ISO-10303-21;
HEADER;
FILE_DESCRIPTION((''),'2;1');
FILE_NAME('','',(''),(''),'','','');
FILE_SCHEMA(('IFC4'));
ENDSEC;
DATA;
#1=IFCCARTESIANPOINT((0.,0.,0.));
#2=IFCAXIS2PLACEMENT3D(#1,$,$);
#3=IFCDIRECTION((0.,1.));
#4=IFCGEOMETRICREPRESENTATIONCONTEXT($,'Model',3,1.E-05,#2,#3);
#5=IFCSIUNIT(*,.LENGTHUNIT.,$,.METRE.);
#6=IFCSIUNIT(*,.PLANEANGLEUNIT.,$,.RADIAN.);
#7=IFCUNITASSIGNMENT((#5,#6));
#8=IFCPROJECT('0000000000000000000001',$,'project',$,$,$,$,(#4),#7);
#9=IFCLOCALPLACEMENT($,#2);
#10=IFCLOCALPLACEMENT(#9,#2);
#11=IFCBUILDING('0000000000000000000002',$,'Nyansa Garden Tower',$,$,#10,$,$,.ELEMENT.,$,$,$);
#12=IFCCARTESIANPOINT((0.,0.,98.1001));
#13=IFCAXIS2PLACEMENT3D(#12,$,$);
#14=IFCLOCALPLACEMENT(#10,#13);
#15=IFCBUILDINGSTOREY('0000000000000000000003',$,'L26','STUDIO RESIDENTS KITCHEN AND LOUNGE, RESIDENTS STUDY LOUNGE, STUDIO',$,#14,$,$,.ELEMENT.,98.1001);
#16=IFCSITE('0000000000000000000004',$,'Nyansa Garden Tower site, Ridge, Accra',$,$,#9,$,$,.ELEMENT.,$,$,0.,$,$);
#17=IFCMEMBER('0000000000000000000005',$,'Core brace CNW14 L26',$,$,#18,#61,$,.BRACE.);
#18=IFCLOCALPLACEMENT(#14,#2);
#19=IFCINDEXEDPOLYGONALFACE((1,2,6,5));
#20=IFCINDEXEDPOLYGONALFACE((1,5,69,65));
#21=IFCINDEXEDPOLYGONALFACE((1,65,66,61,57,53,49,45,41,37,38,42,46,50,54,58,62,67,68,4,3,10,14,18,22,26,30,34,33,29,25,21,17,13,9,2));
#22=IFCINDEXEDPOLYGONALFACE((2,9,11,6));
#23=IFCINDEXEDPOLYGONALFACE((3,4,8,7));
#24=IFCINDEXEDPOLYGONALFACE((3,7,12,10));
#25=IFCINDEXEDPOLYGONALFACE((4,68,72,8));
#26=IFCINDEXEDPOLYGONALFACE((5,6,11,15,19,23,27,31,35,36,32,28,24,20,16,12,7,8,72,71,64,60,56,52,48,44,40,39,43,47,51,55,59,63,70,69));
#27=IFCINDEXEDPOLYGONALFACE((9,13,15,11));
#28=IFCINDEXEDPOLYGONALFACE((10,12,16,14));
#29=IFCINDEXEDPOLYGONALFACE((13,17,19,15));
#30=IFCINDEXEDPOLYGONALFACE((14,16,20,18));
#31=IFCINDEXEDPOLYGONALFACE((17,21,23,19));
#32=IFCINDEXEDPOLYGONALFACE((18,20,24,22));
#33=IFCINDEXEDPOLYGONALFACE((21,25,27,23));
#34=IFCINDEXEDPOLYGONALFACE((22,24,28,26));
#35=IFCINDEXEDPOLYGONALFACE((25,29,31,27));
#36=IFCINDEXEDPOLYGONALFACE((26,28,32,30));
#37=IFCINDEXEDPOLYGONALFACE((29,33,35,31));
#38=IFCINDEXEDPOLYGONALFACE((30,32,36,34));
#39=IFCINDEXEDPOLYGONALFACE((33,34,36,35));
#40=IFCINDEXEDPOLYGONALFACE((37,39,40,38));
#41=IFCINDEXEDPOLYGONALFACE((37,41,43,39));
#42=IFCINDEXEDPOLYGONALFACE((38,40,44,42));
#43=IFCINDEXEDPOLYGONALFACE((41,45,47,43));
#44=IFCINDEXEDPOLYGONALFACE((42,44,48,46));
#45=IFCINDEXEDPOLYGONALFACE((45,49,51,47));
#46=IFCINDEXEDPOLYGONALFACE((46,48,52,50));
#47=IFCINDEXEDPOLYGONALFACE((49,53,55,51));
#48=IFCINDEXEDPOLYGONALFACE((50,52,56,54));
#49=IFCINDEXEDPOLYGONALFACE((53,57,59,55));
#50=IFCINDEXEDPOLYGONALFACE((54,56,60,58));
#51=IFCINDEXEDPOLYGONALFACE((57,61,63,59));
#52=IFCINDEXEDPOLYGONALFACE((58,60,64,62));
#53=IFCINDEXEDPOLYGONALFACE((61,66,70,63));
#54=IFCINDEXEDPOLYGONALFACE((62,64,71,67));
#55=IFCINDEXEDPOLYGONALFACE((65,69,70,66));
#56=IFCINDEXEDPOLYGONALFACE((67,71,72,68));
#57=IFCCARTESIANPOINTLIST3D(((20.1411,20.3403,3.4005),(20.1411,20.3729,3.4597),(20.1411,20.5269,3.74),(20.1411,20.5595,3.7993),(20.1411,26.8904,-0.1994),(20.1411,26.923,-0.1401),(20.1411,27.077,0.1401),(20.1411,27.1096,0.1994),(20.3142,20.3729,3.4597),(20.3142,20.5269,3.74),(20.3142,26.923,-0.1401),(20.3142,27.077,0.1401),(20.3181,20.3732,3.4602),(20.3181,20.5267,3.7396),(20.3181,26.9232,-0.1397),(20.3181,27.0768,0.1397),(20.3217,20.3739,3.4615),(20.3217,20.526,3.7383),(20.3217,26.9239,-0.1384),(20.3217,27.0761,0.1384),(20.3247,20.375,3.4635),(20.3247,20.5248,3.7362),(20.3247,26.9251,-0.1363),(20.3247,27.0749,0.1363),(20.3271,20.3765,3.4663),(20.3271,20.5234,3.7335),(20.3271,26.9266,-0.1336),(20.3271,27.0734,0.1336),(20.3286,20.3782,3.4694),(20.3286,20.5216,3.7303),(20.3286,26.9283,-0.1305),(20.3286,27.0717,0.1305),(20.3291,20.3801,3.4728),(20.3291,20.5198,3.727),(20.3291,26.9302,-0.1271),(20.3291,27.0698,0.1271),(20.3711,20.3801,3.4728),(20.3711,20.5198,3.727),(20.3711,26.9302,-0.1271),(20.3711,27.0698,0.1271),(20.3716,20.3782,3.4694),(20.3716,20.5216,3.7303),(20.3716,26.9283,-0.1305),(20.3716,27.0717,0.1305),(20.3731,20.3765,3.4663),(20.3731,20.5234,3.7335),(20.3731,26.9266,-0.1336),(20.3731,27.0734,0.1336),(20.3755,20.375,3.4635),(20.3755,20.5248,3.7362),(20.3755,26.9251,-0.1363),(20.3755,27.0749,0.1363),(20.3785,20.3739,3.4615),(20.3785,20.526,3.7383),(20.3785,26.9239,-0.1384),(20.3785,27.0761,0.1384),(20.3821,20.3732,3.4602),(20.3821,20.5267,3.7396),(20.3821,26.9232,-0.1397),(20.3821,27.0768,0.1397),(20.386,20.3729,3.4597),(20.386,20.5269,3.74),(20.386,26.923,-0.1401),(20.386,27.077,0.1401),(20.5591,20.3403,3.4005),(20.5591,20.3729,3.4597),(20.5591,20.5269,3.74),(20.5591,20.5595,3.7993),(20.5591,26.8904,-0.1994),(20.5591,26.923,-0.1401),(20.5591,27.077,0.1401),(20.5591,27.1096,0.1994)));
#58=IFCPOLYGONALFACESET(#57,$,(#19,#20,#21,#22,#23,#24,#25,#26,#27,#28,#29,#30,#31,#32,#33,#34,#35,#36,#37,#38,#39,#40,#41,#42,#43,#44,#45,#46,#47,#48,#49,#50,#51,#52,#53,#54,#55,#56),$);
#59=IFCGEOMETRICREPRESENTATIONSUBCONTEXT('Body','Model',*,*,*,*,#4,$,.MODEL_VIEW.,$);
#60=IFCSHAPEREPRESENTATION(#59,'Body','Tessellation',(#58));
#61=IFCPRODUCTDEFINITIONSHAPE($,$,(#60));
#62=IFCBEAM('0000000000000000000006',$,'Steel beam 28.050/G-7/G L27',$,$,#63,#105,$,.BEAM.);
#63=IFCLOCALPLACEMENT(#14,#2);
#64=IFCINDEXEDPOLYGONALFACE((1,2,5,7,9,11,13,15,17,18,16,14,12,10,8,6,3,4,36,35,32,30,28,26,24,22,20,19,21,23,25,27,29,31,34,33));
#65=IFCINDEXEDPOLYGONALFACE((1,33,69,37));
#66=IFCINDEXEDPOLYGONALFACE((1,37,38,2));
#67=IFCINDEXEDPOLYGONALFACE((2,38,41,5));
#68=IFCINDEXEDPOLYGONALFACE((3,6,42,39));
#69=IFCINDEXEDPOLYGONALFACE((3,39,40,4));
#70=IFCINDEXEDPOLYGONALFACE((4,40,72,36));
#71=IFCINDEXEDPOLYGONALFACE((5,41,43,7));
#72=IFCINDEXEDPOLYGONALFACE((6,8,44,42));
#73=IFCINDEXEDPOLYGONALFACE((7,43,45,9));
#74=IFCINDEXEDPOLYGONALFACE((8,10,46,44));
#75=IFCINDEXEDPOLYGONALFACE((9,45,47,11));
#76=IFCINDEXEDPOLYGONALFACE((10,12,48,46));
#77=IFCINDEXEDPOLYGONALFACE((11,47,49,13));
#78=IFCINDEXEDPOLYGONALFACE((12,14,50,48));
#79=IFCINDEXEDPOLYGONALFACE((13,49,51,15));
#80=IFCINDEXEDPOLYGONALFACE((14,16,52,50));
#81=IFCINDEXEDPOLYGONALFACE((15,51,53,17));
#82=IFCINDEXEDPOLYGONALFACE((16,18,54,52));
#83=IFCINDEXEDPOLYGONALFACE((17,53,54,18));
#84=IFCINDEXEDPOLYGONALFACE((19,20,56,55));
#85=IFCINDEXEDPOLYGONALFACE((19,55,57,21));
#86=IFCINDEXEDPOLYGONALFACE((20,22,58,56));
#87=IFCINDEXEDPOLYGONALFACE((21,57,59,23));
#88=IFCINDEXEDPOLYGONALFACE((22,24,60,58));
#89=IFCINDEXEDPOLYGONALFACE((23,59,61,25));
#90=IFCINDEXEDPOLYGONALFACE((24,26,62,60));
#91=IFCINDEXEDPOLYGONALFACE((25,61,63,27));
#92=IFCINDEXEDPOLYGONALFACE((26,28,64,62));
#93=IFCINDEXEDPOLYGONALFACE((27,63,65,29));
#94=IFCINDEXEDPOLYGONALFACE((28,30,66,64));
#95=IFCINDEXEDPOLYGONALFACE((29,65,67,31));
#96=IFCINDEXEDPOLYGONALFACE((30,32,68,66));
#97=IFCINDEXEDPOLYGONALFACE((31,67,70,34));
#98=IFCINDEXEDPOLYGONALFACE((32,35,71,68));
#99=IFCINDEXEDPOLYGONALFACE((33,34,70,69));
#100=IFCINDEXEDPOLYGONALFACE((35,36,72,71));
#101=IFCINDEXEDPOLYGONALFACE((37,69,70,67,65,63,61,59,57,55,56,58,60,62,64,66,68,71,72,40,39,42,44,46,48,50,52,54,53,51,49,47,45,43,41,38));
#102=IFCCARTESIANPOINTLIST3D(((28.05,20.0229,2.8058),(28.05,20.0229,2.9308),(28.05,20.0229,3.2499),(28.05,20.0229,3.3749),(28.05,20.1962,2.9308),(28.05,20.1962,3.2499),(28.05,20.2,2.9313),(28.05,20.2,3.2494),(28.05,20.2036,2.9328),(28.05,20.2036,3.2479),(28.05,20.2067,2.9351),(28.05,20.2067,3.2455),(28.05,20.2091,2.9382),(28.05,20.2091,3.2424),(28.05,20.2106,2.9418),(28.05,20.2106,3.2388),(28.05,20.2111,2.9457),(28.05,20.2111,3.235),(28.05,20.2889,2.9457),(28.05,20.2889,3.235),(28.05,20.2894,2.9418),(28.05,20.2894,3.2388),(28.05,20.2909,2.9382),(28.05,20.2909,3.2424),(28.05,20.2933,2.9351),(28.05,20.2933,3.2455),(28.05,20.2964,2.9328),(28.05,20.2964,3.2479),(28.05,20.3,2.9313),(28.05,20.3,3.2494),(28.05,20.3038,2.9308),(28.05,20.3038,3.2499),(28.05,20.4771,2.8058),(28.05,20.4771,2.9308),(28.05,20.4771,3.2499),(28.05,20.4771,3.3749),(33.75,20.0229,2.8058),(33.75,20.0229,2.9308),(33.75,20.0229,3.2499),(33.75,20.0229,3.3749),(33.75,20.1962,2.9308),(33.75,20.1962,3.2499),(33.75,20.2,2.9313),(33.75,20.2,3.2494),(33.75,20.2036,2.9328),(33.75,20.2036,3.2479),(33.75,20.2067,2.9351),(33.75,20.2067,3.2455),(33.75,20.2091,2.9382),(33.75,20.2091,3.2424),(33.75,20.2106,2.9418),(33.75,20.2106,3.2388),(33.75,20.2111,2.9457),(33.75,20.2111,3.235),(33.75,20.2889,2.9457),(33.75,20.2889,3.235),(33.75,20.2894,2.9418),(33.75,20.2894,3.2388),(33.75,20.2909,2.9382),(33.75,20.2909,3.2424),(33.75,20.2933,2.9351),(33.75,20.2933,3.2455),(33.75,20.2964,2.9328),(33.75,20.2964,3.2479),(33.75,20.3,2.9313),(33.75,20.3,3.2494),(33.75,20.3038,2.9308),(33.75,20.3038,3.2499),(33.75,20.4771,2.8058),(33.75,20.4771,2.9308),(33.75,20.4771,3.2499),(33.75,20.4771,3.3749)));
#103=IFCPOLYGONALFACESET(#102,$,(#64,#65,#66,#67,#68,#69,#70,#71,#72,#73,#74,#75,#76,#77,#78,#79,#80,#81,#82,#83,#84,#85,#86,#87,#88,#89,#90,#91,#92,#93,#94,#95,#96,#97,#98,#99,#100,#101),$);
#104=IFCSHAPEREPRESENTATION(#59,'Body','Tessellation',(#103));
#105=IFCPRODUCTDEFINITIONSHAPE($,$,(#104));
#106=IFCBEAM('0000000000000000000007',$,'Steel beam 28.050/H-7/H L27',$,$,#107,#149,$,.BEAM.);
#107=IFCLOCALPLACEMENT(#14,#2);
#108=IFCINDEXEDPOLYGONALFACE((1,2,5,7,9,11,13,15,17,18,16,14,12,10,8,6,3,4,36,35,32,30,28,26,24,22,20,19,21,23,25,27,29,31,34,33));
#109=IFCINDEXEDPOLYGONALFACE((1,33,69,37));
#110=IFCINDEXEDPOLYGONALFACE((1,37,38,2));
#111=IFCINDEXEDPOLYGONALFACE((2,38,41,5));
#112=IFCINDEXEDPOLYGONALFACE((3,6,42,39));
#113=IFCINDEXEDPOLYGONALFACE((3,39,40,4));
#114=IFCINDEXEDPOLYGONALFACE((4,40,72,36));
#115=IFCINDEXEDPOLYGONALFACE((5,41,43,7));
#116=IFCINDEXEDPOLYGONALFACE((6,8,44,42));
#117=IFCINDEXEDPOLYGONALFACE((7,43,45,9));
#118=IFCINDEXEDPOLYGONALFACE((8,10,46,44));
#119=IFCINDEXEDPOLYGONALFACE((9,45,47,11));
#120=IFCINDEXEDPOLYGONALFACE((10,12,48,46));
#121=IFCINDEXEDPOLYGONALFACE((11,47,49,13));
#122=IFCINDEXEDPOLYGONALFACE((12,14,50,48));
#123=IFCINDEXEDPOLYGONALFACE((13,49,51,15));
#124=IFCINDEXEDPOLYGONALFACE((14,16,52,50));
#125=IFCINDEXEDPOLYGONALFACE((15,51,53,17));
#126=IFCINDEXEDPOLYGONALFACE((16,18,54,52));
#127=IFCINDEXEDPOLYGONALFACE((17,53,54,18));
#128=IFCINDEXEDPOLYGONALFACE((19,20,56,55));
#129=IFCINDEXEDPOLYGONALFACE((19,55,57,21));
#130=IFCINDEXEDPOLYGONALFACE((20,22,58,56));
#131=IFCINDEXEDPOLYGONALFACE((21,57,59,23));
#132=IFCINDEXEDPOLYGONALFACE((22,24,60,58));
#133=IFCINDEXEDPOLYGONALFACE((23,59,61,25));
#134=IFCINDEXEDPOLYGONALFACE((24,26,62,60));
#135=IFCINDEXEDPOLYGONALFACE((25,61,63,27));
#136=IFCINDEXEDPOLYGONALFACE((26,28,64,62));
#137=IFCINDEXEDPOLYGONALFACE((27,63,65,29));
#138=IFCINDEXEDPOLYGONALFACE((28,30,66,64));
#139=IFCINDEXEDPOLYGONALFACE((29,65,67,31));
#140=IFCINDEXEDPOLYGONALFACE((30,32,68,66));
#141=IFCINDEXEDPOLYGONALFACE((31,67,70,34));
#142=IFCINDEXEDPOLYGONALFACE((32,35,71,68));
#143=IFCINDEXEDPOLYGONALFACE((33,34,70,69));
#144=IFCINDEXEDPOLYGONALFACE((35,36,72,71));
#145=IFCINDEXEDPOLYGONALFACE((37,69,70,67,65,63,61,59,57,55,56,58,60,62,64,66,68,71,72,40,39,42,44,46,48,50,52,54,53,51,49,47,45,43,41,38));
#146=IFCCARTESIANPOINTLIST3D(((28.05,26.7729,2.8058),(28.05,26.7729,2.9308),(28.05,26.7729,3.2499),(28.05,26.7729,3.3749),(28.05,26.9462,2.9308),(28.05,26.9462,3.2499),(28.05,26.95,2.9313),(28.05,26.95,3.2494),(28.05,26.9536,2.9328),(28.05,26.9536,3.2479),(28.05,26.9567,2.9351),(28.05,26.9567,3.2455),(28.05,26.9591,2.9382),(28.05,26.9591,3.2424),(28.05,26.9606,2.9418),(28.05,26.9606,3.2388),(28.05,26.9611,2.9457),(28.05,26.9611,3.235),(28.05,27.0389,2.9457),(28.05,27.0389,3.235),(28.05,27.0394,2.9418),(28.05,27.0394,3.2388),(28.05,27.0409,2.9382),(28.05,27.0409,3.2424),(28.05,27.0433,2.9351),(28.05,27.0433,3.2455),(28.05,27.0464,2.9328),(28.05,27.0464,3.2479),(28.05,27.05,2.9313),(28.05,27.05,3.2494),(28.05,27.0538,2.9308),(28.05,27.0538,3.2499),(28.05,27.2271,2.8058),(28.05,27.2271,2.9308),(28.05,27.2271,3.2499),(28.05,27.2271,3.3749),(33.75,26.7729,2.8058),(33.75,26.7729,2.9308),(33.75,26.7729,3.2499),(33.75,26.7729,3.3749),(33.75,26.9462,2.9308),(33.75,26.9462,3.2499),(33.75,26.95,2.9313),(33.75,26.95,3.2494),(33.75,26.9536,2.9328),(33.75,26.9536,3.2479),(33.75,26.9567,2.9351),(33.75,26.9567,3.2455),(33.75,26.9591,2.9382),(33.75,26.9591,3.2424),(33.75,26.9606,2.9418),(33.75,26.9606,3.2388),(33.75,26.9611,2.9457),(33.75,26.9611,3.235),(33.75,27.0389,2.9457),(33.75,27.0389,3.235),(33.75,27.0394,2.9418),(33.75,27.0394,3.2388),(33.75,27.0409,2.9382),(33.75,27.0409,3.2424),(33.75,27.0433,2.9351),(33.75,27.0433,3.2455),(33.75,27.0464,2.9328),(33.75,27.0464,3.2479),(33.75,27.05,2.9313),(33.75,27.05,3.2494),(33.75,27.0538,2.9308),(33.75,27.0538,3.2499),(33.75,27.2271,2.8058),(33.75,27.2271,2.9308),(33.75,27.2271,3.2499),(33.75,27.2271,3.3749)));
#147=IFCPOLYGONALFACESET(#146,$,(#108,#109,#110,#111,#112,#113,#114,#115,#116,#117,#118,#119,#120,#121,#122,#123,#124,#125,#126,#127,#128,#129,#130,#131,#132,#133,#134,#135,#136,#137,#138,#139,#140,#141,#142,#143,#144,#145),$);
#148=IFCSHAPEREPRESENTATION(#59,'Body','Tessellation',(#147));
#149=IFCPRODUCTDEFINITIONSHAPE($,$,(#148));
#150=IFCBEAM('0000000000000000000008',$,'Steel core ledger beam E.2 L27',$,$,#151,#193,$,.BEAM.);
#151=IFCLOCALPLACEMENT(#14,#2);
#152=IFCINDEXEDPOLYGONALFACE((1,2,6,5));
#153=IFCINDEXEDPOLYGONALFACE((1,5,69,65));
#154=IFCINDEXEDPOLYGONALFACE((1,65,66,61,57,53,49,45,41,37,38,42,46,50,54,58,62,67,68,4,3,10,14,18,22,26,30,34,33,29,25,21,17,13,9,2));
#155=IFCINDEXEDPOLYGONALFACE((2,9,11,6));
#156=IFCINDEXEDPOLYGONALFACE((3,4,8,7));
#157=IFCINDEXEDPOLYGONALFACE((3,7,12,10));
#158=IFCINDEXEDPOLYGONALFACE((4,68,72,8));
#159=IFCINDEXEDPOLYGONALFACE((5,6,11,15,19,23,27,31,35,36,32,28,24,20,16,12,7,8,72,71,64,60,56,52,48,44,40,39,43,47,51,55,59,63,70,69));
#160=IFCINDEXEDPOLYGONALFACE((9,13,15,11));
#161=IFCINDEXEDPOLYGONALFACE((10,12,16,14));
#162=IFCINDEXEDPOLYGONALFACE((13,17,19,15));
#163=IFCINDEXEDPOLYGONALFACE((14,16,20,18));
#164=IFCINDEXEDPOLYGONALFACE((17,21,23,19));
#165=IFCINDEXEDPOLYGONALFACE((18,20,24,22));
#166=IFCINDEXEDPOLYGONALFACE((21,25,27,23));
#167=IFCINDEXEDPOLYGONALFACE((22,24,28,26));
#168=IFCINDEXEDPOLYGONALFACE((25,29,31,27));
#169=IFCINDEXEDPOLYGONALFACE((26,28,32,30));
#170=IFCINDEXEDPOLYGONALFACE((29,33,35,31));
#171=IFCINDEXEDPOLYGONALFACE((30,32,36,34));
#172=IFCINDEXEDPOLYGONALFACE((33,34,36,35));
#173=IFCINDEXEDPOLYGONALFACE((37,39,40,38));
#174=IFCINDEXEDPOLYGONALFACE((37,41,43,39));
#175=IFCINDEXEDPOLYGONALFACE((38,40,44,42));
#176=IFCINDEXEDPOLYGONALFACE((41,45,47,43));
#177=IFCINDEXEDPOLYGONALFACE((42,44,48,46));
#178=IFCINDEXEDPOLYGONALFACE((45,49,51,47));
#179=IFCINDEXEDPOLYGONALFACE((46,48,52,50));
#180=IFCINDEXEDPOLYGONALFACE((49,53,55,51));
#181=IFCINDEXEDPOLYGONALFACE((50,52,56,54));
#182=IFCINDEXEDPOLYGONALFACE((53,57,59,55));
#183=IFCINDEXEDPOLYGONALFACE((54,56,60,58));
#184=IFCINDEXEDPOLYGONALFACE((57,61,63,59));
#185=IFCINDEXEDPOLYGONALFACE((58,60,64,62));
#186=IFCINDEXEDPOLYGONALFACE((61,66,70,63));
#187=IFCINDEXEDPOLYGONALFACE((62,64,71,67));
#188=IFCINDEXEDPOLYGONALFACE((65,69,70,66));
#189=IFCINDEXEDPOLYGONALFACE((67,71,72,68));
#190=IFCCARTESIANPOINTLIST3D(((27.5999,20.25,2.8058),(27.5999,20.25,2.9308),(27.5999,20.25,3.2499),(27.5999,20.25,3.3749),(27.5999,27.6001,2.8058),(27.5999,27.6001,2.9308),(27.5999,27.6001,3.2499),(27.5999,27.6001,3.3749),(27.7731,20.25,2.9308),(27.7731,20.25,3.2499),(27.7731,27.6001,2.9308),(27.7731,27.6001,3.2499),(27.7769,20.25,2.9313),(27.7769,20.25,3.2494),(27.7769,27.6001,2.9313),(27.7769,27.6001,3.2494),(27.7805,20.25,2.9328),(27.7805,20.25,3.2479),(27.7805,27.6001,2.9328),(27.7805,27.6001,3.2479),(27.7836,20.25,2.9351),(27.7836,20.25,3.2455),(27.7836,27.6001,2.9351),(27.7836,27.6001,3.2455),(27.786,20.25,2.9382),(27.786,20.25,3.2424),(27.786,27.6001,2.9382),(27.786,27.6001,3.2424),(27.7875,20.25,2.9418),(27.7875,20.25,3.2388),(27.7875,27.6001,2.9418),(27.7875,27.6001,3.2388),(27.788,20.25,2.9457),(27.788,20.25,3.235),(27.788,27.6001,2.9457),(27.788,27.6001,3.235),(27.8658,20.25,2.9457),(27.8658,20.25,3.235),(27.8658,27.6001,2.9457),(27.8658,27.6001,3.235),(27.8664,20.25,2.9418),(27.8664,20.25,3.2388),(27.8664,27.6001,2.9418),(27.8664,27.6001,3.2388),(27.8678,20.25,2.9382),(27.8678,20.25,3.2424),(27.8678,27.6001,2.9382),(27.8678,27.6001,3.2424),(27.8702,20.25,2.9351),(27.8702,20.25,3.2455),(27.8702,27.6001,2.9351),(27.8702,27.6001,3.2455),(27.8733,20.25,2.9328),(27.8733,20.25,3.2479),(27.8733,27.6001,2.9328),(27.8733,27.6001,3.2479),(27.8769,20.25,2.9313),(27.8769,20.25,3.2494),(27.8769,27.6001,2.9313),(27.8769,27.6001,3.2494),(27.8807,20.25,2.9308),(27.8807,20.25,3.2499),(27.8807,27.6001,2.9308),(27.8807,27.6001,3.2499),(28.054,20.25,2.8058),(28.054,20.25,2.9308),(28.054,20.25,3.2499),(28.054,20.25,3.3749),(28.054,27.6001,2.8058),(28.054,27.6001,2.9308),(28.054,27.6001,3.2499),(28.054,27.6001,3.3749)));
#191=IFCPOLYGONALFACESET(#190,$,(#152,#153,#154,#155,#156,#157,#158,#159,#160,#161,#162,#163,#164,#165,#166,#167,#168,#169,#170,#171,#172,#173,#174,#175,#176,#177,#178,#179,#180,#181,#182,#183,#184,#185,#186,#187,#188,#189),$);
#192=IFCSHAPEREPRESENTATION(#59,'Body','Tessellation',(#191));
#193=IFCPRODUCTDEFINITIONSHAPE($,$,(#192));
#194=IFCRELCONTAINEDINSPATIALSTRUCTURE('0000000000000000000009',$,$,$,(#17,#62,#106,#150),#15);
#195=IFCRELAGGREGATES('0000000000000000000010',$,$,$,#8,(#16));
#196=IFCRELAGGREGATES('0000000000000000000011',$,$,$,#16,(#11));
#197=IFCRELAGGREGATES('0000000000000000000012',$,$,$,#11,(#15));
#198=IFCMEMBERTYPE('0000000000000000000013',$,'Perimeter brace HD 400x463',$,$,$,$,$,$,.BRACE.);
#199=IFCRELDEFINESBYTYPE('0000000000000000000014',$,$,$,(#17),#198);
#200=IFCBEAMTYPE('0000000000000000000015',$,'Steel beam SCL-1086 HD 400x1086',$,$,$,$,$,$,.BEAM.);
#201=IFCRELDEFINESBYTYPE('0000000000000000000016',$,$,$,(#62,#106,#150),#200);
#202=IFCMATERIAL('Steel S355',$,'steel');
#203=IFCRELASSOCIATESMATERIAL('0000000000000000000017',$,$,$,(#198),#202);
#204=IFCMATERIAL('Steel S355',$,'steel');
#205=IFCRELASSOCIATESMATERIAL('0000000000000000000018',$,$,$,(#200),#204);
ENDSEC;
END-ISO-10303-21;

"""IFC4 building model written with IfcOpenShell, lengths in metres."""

from ifc_helpers import new_model, si_unit, direction, frame, origin, origin_2d, place, context, subcontext, project, spatial, i_section, extrude, material, material_profile, profile_set, type_object, element, save


model = new_model("IFC4")

# Units and contexts
model_context = context("Model", 3, precision=1e-05, world=origin(), true_north=direction((0.0, 1.0)))
body_context = subcontext(model_context, "Body", "Model", "MODEL_VIEW")
ifc_project = project(units=[si_unit("LENGTHUNIT", "METRE"), si_unit("PLANEANGLEUNIT", "RADIAN")], contexts=[model_context])

# Site, building, storey
site_placement = place(None, origin())
site = spatial("IfcSite", under=ifc_project, at=site_placement, Name="Nyansa Garden Tower site, Ridge, Accra", CompositionType="ELEMENT", RefElevation=0.0)
building_placement = place(site_placement, origin())
building = spatial("IfcBuilding", under=site, at=building_placement, Name="Nyansa Garden Tower", CompositionType="ELEMENT")
storey_placement = place(building_placement, frame((0.0, 0.0, 98.1001)))
storey = spatial("IfcBuildingStorey", under=building, at=storey_placement, Name="L26", Description="STUDIO RESIDENTS KITCHEN AND LOUNGE, RESIDENTS STUDY LOUNGE, STUDIO", CompositionType="ELEMENT", Elevation=98.1001)

# Member
ifc_material_1 = material(Name="Steel S355", Category="steel")
ifc_material_profile_1 = material_profile(ifc_material_1, i_section(OverallWidth=0.418, OverallDepth=0.4551, WebThickness=0.042, FlangeThickness=0.0676, FilletRadius=0.0149, at=origin_2d()), Name="HD 400x463")
ifc_profile_set_1 = profile_set([ifc_material_profile_1], Name="Steel S355")
member_type = type_object("IfcMemberType", Name="Perimeter brace HD 400x463", PredefinedType="BRACE", material=ifc_profile_set_1)
member_1_placement = place(storey_placement, frame((20.3501, 27.0, 0.0), z_axis=(0.0, -0.876367, 0.481644), x_axis=(1.0, 0.0, 0.0)))
element("IfcMember", 1, at=member_1_placement, inside=storey, type_object=member_type, Name="Core brace CNW14 L26", PredefinedType="BRACE", context=body_context, shape_type="SweptSolid", body=[
    extrude(i_section(OverallWidth=0.418, OverallDepth=0.4551, WebThickness=0.042, FlangeThickness=0.0676, FilletRadius=0.0149, at=origin_2d()), origin(), (0.0, 0.0, 1.0), 7.4741),
])

# Beams
ifc_material_2 = material(Name="Steel S355", Category="steel")
ifc_material_profile_2 = material_profile(ifc_material_2, i_section(OverallWidth=0.4541, OverallDepth=0.5691, WebThickness=0.0779, FlangeThickness=0.125, FilletRadius=0.0149, at=origin_2d()), Name="HD 400x1086")
ifc_profile_set_2 = profile_set([ifc_material_profile_2], Name="Steel S355")
beam_type_1 = type_object("IfcBeamType", Name="Steel beam SCL-1086 HD 400x1086", PredefinedType="BEAM", material=ifc_profile_set_2)
for number, where, z_axis, x_axis, name in (
    (2, (28.05, 20.25, 3.0903), (1.0, 0.0, 0.0), (0.0, 1.0, 0.0), "Steel beam 28.050/G-7/G L27"),
    (3, (28.05, 27.0, 3.0903), (1.0, 0.0, 0.0), (0.0, 1.0, 0.0), "Steel beam 28.050/H-7/H L27"),
):
    element("IfcBeam", number, at=place(storey_placement, frame(where, z_axis=z_axis, x_axis=x_axis)), inside=storey, type_object=beam_type_1, Name=name, PredefinedType="BEAM", context=body_context, shape_type="SweptSolid", body=[
        extrude(i_section(OverallWidth=0.4541, OverallDepth=0.5691, WebThickness=0.0779, FlangeThickness=0.125, FilletRadius=0.0149, at=origin_2d()), origin(), (0.0, 0.0, 1.0), 5.7),
    ])
beam_1_placement = place(storey_placement, frame((27.8269, 20.25, 3.0903), z_axis=(0.0, 1.0, 0.0), x_axis=(-1.0, 0.0, 0.0)))
element("IfcBeam", 4, at=beam_1_placement, inside=storey, type_object=beam_type_1, Name="Steel core ledger beam E.2 L27", PredefinedType="BEAM", context=body_context, shape_type="SweptSolid", body=[
    extrude(i_section(OverallWidth=0.4541, OverallDepth=0.5691, WebThickness=0.0779, FlangeThickness=0.125, FilletRadius=0.0149, at=origin_2d()), origin(), (0.0, 0.0, 1.0), 7.3501),
])

save(model, "model.ifc")
